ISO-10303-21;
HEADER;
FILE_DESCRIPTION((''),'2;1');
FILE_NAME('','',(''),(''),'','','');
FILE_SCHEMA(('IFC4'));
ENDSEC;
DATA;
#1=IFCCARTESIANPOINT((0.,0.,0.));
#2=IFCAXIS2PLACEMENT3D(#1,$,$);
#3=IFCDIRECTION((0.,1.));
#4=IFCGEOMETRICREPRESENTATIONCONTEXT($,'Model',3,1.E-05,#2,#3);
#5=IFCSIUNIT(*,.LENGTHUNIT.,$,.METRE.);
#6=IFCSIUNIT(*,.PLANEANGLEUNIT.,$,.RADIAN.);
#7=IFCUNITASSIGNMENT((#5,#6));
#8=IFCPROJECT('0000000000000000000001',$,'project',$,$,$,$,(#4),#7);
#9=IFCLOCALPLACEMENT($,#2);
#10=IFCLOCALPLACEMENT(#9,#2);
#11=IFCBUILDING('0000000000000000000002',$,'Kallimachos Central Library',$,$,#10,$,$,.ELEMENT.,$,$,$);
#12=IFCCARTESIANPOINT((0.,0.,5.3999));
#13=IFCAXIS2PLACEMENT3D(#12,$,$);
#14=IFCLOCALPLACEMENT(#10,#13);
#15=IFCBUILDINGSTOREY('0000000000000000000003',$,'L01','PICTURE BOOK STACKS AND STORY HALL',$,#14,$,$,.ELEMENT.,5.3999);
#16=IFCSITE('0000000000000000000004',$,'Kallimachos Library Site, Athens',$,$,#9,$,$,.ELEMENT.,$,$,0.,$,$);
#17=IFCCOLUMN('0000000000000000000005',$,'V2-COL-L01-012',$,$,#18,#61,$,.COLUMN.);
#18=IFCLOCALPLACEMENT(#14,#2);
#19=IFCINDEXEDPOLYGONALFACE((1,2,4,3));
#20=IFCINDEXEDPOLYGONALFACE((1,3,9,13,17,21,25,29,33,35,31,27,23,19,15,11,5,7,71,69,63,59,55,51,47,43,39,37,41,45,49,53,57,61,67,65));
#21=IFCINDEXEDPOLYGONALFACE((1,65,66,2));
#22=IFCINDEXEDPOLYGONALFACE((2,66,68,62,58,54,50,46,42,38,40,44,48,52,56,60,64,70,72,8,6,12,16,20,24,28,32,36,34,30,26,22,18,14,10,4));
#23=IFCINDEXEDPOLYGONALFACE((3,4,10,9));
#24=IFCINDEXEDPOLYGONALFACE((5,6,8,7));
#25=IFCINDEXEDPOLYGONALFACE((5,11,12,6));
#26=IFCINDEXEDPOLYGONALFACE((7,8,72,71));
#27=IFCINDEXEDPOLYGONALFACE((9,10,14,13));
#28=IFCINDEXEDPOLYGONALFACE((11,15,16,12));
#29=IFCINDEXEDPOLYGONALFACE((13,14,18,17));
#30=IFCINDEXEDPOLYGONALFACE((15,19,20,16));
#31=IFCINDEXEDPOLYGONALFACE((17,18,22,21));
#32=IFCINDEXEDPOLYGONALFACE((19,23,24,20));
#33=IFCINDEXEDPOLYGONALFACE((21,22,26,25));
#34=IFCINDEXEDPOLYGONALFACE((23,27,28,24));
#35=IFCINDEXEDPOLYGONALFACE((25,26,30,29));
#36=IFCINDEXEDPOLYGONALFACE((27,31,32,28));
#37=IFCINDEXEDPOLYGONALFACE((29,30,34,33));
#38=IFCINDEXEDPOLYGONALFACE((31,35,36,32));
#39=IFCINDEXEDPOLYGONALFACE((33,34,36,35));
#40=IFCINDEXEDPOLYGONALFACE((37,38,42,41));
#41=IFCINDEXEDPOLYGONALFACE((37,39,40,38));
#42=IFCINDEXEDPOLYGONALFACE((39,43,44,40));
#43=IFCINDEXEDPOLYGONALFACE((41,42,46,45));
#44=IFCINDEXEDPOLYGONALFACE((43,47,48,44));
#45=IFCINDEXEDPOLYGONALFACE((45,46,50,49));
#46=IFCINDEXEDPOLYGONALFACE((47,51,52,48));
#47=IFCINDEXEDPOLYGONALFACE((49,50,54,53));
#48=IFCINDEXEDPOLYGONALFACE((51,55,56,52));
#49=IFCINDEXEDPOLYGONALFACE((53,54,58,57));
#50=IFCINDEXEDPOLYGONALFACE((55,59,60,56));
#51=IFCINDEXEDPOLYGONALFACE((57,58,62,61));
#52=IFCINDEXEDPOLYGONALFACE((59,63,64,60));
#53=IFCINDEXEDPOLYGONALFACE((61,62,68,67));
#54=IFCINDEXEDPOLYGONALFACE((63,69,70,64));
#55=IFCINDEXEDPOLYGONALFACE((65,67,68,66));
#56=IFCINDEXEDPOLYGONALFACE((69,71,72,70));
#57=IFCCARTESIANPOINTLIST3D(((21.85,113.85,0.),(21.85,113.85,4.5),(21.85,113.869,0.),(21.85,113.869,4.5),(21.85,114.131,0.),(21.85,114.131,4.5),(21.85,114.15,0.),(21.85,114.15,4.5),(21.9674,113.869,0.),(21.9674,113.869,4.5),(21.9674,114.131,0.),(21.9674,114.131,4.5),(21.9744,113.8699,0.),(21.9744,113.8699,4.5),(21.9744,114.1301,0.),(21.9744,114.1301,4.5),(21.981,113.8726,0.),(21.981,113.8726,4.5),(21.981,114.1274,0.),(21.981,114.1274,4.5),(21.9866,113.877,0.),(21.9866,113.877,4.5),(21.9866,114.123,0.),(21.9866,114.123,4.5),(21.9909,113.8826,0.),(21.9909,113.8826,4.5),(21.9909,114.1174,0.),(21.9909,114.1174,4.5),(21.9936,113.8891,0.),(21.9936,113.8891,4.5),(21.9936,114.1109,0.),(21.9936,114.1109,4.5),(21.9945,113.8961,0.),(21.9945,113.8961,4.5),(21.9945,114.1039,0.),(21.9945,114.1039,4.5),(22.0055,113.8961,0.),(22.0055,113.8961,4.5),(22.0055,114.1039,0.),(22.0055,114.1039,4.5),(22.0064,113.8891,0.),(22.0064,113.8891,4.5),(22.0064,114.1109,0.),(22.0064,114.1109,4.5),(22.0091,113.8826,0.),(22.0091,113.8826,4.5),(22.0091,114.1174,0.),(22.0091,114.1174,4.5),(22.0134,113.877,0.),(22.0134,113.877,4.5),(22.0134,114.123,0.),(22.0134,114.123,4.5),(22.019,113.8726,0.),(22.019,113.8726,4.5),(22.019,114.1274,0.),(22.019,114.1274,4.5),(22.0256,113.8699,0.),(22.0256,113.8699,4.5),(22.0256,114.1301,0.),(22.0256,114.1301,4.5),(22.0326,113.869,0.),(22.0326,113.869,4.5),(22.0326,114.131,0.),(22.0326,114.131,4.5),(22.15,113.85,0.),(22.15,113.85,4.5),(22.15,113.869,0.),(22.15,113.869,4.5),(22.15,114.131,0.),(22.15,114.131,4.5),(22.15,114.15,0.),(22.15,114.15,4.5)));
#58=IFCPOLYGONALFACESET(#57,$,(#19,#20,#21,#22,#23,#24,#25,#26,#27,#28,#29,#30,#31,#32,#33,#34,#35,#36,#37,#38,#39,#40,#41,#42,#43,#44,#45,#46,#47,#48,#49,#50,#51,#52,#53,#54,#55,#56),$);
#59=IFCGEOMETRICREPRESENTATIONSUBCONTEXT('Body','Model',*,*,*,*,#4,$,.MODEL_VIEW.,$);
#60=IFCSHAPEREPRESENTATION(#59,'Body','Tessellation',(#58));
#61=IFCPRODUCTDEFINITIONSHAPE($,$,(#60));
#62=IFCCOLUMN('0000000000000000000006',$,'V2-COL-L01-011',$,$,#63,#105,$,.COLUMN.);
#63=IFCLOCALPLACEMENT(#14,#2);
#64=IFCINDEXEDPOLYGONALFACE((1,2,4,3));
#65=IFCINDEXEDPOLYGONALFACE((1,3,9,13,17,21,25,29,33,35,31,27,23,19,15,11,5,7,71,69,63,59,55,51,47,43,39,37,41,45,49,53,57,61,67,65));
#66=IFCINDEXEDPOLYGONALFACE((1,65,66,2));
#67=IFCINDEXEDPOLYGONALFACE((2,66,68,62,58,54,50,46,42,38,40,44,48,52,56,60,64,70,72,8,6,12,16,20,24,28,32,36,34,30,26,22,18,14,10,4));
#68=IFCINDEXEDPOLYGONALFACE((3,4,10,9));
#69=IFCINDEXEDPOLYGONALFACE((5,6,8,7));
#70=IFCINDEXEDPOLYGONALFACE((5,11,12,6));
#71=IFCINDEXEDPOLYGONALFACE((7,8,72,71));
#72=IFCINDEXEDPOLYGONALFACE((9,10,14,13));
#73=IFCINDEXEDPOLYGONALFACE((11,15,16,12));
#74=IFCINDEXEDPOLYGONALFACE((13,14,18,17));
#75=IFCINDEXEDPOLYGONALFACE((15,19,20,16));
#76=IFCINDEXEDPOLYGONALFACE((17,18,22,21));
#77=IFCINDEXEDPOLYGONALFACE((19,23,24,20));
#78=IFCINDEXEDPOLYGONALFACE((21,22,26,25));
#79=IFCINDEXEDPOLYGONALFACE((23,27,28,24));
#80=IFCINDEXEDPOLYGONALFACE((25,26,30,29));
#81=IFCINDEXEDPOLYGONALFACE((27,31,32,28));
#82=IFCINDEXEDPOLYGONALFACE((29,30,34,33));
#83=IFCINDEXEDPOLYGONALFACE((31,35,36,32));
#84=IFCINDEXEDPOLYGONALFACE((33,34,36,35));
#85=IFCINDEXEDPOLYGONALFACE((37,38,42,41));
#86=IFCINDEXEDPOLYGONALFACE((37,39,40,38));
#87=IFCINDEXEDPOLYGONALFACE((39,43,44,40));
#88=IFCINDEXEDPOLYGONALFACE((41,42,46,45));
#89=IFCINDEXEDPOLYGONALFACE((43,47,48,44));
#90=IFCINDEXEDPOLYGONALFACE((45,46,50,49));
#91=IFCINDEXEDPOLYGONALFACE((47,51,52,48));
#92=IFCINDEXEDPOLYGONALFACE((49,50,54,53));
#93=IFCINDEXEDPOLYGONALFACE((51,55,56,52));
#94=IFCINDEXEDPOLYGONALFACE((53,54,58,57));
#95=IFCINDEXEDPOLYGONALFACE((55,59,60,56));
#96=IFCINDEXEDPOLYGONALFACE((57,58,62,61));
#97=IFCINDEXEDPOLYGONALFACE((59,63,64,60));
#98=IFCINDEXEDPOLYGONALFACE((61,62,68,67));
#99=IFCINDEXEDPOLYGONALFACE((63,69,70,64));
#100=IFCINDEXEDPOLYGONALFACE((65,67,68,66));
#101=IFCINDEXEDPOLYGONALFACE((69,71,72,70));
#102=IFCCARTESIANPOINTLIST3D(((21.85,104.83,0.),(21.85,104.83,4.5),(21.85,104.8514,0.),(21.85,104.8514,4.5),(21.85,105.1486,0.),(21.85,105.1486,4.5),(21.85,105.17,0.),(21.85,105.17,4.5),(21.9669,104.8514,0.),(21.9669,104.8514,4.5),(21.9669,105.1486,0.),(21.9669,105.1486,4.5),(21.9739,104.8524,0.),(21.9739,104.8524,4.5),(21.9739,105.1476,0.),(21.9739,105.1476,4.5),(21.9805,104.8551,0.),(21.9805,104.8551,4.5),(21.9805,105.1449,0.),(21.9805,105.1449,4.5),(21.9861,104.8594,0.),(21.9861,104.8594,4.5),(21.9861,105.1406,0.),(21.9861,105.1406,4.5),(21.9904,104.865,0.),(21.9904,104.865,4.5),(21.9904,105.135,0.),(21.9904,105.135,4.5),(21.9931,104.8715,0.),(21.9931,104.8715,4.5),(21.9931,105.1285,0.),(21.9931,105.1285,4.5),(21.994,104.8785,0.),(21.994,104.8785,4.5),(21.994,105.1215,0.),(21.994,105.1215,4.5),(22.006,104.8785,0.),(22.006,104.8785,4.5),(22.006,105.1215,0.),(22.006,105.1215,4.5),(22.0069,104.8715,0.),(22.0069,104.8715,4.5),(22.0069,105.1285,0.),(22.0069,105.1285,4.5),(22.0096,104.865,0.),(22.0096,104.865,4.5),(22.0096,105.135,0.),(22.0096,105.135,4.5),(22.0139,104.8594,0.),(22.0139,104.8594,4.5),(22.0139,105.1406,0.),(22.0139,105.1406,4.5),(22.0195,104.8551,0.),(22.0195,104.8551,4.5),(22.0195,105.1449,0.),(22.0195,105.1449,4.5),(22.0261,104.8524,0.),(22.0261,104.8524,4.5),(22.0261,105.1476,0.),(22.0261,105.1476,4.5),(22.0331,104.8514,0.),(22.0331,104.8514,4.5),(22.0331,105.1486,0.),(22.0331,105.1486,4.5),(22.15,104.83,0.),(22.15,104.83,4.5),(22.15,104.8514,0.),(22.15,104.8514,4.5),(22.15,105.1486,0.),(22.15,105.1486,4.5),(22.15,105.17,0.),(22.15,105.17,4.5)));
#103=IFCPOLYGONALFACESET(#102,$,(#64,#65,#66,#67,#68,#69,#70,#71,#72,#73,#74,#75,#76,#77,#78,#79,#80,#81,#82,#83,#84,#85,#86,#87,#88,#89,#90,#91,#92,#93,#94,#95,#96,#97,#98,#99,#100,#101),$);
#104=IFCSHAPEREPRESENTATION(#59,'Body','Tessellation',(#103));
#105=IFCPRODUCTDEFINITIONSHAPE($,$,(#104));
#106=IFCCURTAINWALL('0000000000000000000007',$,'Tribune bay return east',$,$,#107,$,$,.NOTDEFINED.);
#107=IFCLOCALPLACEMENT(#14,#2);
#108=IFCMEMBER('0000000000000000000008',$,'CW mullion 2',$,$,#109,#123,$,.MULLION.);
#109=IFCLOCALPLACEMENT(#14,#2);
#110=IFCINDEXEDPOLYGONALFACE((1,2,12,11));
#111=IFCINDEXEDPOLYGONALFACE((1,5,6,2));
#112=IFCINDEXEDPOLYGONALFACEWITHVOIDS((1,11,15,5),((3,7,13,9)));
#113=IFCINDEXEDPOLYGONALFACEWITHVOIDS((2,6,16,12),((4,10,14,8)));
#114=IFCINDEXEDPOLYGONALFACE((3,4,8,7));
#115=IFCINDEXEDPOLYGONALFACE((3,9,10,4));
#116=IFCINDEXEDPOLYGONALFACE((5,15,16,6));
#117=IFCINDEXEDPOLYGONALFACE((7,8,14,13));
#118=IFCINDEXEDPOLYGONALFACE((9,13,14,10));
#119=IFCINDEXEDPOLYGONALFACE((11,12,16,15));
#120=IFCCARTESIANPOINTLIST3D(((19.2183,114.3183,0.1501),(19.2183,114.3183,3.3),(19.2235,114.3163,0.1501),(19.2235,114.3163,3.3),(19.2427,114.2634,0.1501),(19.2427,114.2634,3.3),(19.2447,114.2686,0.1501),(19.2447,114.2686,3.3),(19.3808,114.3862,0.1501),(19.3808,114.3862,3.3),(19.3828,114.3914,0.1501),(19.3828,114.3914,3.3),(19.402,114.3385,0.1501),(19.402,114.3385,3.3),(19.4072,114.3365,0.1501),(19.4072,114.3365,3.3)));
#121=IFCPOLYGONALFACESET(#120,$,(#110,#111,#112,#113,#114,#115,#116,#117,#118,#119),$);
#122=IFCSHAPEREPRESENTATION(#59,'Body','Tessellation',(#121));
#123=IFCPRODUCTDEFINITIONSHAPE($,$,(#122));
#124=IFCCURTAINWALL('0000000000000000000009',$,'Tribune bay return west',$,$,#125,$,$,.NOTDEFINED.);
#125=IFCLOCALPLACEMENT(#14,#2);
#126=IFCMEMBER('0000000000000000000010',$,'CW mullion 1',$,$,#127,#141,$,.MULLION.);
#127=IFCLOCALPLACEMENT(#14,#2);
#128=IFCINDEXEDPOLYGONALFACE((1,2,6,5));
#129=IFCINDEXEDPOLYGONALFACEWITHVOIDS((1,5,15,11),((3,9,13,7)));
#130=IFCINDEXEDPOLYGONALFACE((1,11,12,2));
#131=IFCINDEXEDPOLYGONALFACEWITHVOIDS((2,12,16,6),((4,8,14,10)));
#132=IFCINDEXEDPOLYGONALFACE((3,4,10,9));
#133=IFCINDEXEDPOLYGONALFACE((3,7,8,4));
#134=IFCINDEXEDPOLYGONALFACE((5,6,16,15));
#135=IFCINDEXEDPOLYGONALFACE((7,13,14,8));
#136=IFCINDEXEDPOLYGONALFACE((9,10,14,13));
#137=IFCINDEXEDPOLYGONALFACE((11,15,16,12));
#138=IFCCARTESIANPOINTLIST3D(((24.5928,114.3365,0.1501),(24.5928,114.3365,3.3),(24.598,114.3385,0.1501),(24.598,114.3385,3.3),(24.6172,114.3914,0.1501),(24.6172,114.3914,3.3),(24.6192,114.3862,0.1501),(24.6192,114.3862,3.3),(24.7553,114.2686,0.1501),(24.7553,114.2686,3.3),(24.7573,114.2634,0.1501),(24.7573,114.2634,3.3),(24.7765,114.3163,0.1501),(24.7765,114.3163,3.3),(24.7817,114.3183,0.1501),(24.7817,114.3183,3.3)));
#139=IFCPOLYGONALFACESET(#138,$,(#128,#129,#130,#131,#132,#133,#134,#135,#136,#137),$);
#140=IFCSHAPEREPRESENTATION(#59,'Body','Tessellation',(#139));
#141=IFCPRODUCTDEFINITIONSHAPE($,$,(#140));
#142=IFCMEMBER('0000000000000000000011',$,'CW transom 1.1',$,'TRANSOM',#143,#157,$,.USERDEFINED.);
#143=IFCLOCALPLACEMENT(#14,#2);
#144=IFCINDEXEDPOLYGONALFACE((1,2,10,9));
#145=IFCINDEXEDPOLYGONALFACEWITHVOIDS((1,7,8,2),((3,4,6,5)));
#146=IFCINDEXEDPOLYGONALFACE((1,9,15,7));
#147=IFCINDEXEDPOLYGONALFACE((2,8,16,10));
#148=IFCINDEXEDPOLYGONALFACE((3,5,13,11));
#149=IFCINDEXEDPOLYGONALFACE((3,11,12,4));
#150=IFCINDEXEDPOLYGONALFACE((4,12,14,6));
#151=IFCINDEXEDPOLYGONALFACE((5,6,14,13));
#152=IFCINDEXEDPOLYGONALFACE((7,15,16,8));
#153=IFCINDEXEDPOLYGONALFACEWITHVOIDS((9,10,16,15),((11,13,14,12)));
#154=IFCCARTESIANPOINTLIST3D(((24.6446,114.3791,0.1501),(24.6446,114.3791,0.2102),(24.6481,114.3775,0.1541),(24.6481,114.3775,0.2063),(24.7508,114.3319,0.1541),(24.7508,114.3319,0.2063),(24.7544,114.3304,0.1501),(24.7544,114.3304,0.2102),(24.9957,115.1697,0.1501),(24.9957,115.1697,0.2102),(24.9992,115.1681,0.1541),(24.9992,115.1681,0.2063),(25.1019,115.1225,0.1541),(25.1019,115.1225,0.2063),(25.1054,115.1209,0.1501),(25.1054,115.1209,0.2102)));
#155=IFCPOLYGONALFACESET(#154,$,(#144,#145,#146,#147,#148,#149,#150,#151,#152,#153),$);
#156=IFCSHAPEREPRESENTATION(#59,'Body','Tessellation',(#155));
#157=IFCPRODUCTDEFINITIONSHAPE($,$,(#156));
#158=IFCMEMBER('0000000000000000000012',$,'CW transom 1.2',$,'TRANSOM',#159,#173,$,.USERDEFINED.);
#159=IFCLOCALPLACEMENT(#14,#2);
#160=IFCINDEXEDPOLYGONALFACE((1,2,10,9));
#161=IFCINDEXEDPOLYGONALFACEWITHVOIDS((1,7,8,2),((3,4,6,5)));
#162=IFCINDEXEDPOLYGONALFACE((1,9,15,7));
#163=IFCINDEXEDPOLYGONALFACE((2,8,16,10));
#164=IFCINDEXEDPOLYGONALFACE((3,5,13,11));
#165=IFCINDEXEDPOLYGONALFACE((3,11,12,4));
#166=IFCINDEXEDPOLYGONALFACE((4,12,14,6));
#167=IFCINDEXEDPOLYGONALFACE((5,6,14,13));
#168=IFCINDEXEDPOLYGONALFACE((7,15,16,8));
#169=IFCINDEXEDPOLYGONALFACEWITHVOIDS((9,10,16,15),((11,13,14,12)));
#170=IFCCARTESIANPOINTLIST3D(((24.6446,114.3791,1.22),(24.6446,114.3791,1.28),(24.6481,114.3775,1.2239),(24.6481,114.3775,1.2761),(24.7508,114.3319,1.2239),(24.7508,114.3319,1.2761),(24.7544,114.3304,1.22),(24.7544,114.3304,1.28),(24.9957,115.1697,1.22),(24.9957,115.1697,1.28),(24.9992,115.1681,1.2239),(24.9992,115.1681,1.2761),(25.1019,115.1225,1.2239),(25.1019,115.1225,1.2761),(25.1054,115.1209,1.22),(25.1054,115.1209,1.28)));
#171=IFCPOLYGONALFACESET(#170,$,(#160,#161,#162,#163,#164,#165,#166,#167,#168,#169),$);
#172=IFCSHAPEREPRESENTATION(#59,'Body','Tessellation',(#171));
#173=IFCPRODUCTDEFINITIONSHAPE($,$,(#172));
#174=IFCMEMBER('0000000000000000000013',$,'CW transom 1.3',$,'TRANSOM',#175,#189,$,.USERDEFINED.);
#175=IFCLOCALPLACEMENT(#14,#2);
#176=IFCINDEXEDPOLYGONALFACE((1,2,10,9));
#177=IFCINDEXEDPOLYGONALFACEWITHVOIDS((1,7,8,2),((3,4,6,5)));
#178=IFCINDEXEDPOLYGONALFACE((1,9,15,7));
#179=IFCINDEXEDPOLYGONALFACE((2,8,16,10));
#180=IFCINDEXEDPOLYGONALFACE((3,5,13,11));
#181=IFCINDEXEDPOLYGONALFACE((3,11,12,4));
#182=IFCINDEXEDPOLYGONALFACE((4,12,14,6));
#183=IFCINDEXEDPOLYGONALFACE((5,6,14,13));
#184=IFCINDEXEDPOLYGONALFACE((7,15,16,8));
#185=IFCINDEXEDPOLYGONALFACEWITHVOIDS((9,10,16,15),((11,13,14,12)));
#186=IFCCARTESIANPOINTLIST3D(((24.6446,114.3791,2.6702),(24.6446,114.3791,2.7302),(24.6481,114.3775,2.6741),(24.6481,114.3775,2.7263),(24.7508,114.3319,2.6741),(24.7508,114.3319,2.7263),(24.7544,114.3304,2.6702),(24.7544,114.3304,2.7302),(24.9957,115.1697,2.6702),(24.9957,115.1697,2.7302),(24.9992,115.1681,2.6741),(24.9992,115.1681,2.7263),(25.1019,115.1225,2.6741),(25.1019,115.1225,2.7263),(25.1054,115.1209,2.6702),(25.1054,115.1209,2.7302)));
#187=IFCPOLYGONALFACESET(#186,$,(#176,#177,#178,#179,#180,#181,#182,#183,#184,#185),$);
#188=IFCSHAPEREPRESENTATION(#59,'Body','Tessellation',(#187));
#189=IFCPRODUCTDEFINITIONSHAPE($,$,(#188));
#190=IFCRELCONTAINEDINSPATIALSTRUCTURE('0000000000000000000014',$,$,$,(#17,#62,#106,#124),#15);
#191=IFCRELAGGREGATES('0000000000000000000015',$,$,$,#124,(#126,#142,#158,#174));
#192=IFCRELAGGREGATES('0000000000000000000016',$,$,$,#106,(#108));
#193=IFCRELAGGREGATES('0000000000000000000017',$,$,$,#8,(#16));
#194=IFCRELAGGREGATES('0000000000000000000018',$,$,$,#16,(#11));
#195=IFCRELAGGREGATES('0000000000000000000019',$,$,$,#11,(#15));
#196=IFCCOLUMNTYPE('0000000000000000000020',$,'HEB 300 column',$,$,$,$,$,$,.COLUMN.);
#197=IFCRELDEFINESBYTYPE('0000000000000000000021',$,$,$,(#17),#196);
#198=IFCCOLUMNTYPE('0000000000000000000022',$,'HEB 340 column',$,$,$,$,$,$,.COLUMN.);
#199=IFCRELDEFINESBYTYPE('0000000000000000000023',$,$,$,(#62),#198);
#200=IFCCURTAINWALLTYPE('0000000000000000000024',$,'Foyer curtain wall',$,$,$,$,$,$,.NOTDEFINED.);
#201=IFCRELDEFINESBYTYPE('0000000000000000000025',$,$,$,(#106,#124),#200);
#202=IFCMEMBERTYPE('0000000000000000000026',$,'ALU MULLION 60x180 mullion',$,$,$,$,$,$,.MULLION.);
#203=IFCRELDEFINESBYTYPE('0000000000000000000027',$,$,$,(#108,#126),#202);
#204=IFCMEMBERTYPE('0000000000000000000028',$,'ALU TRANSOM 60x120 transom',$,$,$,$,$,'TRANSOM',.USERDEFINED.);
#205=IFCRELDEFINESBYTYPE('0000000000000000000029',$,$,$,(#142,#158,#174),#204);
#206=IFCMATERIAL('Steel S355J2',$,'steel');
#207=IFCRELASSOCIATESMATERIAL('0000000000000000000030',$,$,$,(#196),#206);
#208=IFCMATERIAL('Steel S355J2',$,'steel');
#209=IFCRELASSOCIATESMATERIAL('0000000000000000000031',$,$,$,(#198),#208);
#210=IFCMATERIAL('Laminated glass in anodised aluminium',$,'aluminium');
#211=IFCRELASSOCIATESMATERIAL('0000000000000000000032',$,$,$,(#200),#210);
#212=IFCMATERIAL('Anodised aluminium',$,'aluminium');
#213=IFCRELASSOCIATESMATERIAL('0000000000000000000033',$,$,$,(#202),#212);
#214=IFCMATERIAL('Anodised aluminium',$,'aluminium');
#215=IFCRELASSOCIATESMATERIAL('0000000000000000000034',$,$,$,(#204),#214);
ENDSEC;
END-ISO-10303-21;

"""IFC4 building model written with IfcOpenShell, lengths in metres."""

from ifc_helpers import new_model, si_unit, direction, frame, origin, origin_2d, place, context, subcontext, project, spatial, hollow_rectangle, i_section, extrude, material, material_profile, profile_set, type_object, element, aggregate, save


model = new_model("IFC4")

# Units and contexts
model_context = context("Model", 3, precision=1e-05, world=origin(), true_north=direction((0.0, 1.0)))
body_context = subcontext(model_context, "Body", "Model", "MODEL_VIEW")
ifc_project = project(units=[si_unit("LENGTHUNIT", "METRE"), si_unit("PLANEANGLEUNIT", "RADIAN")], contexts=[model_context])

# Site, building, storey
site_placement = place(None, origin())
site = spatial("IfcSite", under=ifc_project, at=site_placement, Name="Kallimachos Library Site, Athens", CompositionType="ELEMENT", RefElevation=0.0)
building_placement = place(site_placement, origin())
building = spatial("IfcBuilding", under=site, at=building_placement, Name="Kallimachos Central Library", CompositionType="ELEMENT")
storey_placement = place(building_placement, frame((0.0, 0.0, 5.3999)))
storey = spatial("IfcBuildingStorey", under=building, at=storey_placement, Name="L01", Description="PICTURE BOOK STACKS AND STORY HALL", CompositionType="ELEMENT", Elevation=5.3999)

# Columns
ifc_material_1 = material(Name="Steel S355J2", Category="steel")
ifc_material_profile_1 = material_profile(ifc_material_1, i_section(OverallWidth=0.3, OverallDepth=0.3, WebThickness=0.011, FlangeThickness=0.019, FilletRadius=0.0271, at=origin_2d()), Name="HEB 300")
ifc_profile_set_1 = profile_set([ifc_material_profile_1], Name="Steel S355J2")
column_type_1 = type_object("IfcColumnType", Name="HEB 300 column", PredefinedType="COLUMN", material=ifc_profile_set_1)
column_1_placement = place(storey_placement, frame((22.0, 114.0, 0.0), z_axis=(0.0, 0.0, 1.0), x_axis=(1.0, 0.0, 0.0)))
element("IfcColumn", 1, at=column_1_placement, inside=storey, type_object=column_type_1, Name="V2-COL-L01-012", PredefinedType="COLUMN", context=body_context, shape_type="SweptSolid", body=[
    extrude(i_section(OverallWidth=0.3, OverallDepth=0.3, WebThickness=0.011, FlangeThickness=0.019, FilletRadius=0.0271, at=origin_2d()), origin(), (0.0, 0.0, 1.0), 4.5),
])
ifc_material_2 = material(Name="Steel S355J2", Category="steel")
ifc_material_profile_2 = material_profile(ifc_material_2, i_section(OverallWidth=0.3, OverallDepth=0.3401, WebThickness=0.012, FlangeThickness=0.0215, FilletRadius=0.0271, at=origin_2d()), Name="HEB 340")
ifc_profile_set_2 = profile_set([ifc_material_profile_2], Name="Steel S355J2")
column_type_2 = type_object("IfcColumnType", Name="HEB 340 column", PredefinedType="COLUMN", material=ifc_profile_set_2)
column_2_placement = place(storey_placement, frame((22.0, 105.0, 0.0), z_axis=(0.0, 0.0, 1.0), x_axis=(1.0, 0.0, 0.0)))
element("IfcColumn", 2, at=column_2_placement, inside=storey, type_object=column_type_2, Name="V2-COL-L01-011", PredefinedType="COLUMN", context=body_context, shape_type="SweptSolid", body=[
    extrude(i_section(OverallWidth=0.3, OverallDepth=0.3401, WebThickness=0.012, FlangeThickness=0.0215, FilletRadius=0.0271, at=origin_2d()), origin(), (0.0, 0.0, 1.0), 4.5),
])

# Curtain wall, member
ifc_material_3 = material(Name="Laminated glass in anodised aluminium", Category="aluminium")
curtain_wall_type = type_object("IfcCurtainWallType", Name="Foyer curtain wall", PredefinedType="NOTDEFINED", material=ifc_material_3)
curtain_wall_1_placement = place(storey_placement, origin())
curtain_wall_1 = element("IfcCurtainWall", 3, at=curtain_wall_1_placement, inside=storey, type_object=curtain_wall_type, Name="Tribune bay return east", PredefinedType="NOTDEFINED")
ifc_material_4 = material(Name="Anodised aluminium", Category="aluminium")
ifc_material_profile_3 = material_profile(ifc_material_4, hollow_rectangle(XDim=0.0601, YDim=0.1799, WallThickness=0.0039, at=origin_2d()), Name="ALU MULLION 60x180")
ifc_profile_set_3 = profile_set([ifc_material_profile_3], Name="Anodised aluminium")
member_type_1 = type_object("IfcMemberType", Name="ALU MULLION 60x180 mullion", PredefinedType="MULLION", material=ifc_profile_set_3)
member_1_placement = place(storey_placement, frame((19.3127, 114.3274, 0.1501), z_axis=(0.0, 0.0, 1.0), x_axis=(0.406138, -0.913812, 0.0)))
member_1 = element("IfcMember", 4, at=member_1_placement, type_object=member_type_1, Name="CW mullion 2", PredefinedType="MULLION", context=body_context, shape_type="SweptSolid", body=[
    extrude(hollow_rectangle(XDim=0.0601, YDim=0.1799, WallThickness=0.0039, at=origin_2d()), origin(), (0.0, 0.0, 1.0), 3.1499),
])

# Curtain wall, members
curtain_wall_2_placement = place(storey_placement, origin())
curtain_wall_2 = element("IfcCurtainWall", 5, at=curtain_wall_2_placement, inside=storey, type_object=curtain_wall_type, Name="Tribune bay return west", PredefinedType="NOTDEFINED")
member_2_placement = place(storey_placement, frame((24.6873, 114.3274, 0.1501), z_axis=(0.0, 0.0, 1.0), x_axis=(0.406138, 0.913812, 0.0)))
member_2 = element("IfcMember", 6, at=member_2_placement, type_object=member_type_1, Name="CW mullion 1", PredefinedType="MULLION", context=body_context, shape_type="SweptSolid", body=[
    extrude(hollow_rectangle(XDim=0.0601, YDim=0.1799, WallThickness=0.0039, at=origin_2d()), origin(), (0.0, 0.0, 1.0), 3.1499),
])
ifc_material_5 = material(Name="Anodised aluminium", Category="aluminium")
ifc_material_profile_4 = material_profile(ifc_material_5, hollow_rectangle(XDim=0.0601, YDim=0.1201, WallThickness=0.0039, at=origin_2d()), Name="ALU TRANSOM 60x120")
ifc_profile_set_4 = profile_set([ifc_material_profile_4], Name="Anodised aluminium")
member_type_2 = type_object("IfcMemberType", Name="ALU TRANSOM 60x120 transom", ElementType="TRANSOM", PredefinedType="USERDEFINED", material=ifc_profile_set_4)
member_3_placement = place(storey_placement, frame((24.6995, 114.3547, 0.1802), z_axis=(0.405877, 0.913928, 0.0), x_axis=(0.0, 0.0, 1.0)))
member_3 = element("IfcMember", 7, at=member_3_placement, type_object=member_type_2, Name="CW transom 1.1", ObjectType="TRANSOM", PredefinedType="USERDEFINED", context=body_context, shape_type="SweptSolid", body=[
    extrude(hollow_rectangle(XDim=0.0601, YDim=0.1201, WallThickness=0.0039, at=origin_2d()), origin(), (0.0, 0.0, 1.0), 0.865),
])
member_4_placement = place(storey_placement, frame((24.6995, 114.3547, 1.25), z_axis=(0.405877, 0.913928, 0.0), x_axis=(0.0, 0.0, 1.0)))
member_4 = element("IfcMember", 8, at=member_4_placement, type_object=member_type_2, Name="CW transom 1.2", ObjectType="TRANSOM", PredefinedType="USERDEFINED", context=body_context, shape_type="SweptSolid", body=[
    extrude(hollow_rectangle(XDim=0.0601, YDim=0.1201, WallThickness=0.0039, at=origin_2d()), origin(), (0.0, 0.0, 1.0), 0.865),
])
member_5_placement = place(storey_placement, frame((24.6995, 114.3547, 2.7002), z_axis=(0.405877, 0.913928, 0.0), x_axis=(0.0, 0.0, 1.0)))
member_5 = element("IfcMember", 9, at=member_5_placement, type_object=member_type_2, Name="CW transom 1.3", ObjectType="TRANSOM", PredefinedType="USERDEFINED", context=body_context, shape_type="SweptSolid", body=[
    extrude(hollow_rectangle(XDim=0.0601, YDim=0.1201, WallThickness=0.0039, at=origin_2d()), origin(), (0.0, 0.0, 1.0), 0.865),
])
aggregate(curtain_wall_2, [member_2, member_3, member_4, member_5])

aggregate(curtain_wall_1, [member_1])

save(model, "model.ifc")
